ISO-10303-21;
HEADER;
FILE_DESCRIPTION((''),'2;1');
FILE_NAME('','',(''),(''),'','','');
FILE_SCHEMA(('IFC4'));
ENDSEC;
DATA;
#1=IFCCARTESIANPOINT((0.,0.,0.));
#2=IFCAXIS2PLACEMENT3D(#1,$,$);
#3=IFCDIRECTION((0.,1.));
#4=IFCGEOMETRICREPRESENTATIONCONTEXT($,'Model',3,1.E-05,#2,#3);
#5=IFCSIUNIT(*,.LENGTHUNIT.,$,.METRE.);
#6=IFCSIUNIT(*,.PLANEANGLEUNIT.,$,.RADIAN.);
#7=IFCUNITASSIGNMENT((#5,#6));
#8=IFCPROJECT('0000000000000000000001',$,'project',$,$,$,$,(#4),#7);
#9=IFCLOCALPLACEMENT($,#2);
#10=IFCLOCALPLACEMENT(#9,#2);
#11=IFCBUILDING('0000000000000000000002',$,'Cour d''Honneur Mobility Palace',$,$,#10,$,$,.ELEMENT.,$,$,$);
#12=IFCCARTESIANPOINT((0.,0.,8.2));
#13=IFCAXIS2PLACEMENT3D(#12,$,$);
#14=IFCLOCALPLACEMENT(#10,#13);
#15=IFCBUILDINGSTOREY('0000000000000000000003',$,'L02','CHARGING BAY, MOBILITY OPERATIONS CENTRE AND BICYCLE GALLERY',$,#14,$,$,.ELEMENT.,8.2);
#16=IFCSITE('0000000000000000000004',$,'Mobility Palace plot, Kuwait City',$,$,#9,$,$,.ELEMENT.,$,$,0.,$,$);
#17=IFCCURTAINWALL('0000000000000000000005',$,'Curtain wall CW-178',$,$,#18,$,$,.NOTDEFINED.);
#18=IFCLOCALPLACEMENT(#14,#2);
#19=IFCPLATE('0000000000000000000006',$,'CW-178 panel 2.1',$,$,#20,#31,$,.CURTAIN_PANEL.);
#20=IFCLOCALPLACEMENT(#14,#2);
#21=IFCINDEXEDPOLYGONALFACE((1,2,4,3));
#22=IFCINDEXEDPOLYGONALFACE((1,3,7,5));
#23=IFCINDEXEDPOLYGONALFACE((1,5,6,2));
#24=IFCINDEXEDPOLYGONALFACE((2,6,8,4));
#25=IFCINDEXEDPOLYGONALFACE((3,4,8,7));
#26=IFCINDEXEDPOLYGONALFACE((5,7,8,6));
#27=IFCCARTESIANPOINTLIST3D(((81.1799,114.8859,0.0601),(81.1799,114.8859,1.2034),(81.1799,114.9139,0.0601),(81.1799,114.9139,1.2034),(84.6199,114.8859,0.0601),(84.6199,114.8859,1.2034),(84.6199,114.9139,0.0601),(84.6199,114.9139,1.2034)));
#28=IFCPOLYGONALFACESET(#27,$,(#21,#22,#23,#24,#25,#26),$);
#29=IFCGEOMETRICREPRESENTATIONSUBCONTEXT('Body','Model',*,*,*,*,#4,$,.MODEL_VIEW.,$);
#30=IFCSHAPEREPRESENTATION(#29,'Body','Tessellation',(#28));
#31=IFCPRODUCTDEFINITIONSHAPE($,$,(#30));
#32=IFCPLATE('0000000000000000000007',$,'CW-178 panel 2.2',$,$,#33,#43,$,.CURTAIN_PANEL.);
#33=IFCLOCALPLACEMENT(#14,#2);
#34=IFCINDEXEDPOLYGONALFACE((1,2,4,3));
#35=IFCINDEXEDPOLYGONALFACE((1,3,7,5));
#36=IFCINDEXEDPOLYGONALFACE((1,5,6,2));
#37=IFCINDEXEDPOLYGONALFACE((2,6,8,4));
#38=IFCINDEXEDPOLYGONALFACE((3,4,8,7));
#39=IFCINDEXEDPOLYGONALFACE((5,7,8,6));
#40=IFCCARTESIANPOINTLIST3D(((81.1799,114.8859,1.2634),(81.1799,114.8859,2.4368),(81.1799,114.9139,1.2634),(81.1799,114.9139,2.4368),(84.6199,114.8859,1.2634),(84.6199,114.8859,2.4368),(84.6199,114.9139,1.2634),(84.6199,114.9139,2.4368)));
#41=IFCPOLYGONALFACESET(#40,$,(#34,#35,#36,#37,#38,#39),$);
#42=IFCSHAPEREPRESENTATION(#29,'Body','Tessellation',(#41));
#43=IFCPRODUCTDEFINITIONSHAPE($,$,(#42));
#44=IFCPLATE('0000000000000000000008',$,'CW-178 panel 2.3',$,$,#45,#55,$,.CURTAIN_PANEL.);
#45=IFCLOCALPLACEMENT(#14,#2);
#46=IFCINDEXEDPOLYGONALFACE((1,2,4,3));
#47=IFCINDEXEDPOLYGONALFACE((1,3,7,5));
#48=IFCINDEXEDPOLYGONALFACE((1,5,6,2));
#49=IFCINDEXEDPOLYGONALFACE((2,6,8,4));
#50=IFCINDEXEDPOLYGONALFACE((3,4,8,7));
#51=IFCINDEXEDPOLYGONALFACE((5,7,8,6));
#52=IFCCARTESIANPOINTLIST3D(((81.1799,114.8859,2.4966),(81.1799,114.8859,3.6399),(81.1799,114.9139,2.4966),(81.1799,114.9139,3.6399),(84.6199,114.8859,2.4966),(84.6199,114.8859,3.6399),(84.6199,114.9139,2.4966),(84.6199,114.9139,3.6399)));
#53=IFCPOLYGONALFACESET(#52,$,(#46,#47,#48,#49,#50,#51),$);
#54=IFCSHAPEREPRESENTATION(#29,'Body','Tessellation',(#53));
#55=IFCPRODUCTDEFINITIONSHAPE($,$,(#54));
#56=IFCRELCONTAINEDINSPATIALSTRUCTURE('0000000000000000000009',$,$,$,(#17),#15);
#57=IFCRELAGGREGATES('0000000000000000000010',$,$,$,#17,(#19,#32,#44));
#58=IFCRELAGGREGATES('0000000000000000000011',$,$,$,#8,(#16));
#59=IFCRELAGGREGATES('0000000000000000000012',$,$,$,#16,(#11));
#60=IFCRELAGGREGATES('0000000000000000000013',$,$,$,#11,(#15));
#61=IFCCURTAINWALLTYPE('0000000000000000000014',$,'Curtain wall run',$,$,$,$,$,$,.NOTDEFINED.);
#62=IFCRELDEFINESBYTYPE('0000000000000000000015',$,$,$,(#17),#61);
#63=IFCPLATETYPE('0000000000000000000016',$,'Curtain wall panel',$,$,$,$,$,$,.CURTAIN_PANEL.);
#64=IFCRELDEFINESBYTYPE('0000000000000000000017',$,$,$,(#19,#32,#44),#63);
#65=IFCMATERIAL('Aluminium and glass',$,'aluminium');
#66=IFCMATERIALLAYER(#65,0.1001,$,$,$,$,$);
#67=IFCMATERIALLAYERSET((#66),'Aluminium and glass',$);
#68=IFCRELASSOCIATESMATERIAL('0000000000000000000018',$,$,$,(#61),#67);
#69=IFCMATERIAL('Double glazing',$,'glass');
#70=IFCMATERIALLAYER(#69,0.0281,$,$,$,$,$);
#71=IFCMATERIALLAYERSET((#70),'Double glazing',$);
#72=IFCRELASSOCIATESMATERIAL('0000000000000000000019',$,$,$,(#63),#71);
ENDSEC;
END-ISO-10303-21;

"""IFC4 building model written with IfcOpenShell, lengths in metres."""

from ifc_helpers import new_model, si_unit, direction, frame, origin, origin_2d, place, context, subcontext, project, spatial, rectangle, extrude, material, layer, layer_set, type_object, element, aggregate, save


model = new_model("IFC4")

# Units and contexts
model_context = context("Model", 3, precision=1e-05, world=origin(), true_north=direction((0.0, 1.0)))
body_context = subcontext(model_context, "Body", "Model", "MODEL_VIEW")
ifc_project = project(units=[si_unit("LENGTHUNIT", "METRE"), si_unit("PLANEANGLEUNIT", "RADIAN")], contexts=[model_context])

# Site, building, storey
site_placement = place(None, origin())
site = spatial("IfcSite", under=ifc_project, at=site_placement, Name="Mobility Palace plot, Kuwait City", CompositionType="ELEMENT", RefElevation=0.0)
building_placement = place(site_placement, origin())
building = spatial("IfcBuilding", under=site, at=building_placement, Name="Cour d'Honneur Mobility Palace", CompositionType="ELEMENT")
storey_placement = place(building_placement, frame((0.0, 0.0, 8.2)))
storey = spatial("IfcBuildingStorey", under=building, at=storey_placement, Name="L02", Description="CHARGING BAY, MOBILITY OPERATIONS CENTRE AND BICYCLE GALLERY", CompositionType="ELEMENT", Elevation=8.2)

# Curtain wall
ifc_material_1 = material(Name="Aluminium and glass", Category="aluminium")
ifc_layer_1 = layer(ifc_material_1, 0.1001)
ifc_layer_set_1 = layer_set([ifc_layer_1], Name="Aluminium and glass")
curtain_wall_type = type_object("IfcCurtainWallType", Name="Curtain wall run", PredefinedType="NOTDEFINED", material=ifc_layer_set_1)
curtain_wall_1_placement = place(storey_placement, origin())
curtain_wall_1 = element("IfcCurtainWall", 1, at=curtain_wall_1_placement, inside=storey, type_object=curtain_wall_type, Name="Curtain wall CW-178", PredefinedType="NOTDEFINED")

# Plates
ifc_material_2 = material(Name="Double glazing", Category="glass")
ifc_layer_2 = layer(ifc_material_2, 0.0281)
ifc_layer_set_2 = layer_set([ifc_layer_2], Name="Double glazing")
plate_type = type_object("IfcPlateType", Name="Curtain wall panel", PredefinedType="CURTAIN_PANEL", material=ifc_layer_set_2)
plate_1_placement = place(storey_placement, frame((82.8999, 114.8999, 0.0601), z_axis=(0.0, 0.0, 1.0), x_axis=(1.0, 0.0, 0.0)))
plate_1 = element("IfcPlate", 2, at=plate_1_placement, type_object=plate_type, Name="CW-178 panel 2.1", PredefinedType="CURTAIN_PANEL", context=body_context, shape_type="SweptSolid", body=[
    extrude(rectangle(XDim=3.4399, YDim=0.0281, at=origin_2d()), origin(), (0.0, 0.0, 1.0), 1.1433),
])
plate_2_placement = place(storey_placement, frame((82.8999, 114.8999, 1.2634), z_axis=(0.0, 0.0, 1.0), x_axis=(1.0, 0.0, 0.0)))
plate_2 = element("IfcPlate", 3, at=plate_2_placement, type_object=plate_type, Name="CW-178 panel 2.2", PredefinedType="CURTAIN_PANEL", context=body_context, shape_type="SweptSolid", body=[
    extrude(rectangle(XDim=3.4399, YDim=0.0281, at=origin_2d()), origin(), (0.0, 0.0, 1.0), 1.1733),
])
plate_3_placement = place(storey_placement, frame((82.8999, 114.8999, 2.4966), z_axis=(0.0, 0.0, 1.0), x_axis=(1.0, 0.0, 0.0)))
plate_3 = element("IfcPlate", 4, at=plate_3_placement, type_object=plate_type, Name="CW-178 panel 2.3", PredefinedType="CURTAIN_PANEL", context=body_context, shape_type="SweptSolid", body=[
    extrude(rectangle(XDim=3.4399, YDim=0.0281, at=origin_2d()), origin(), (0.0, 0.0, 1.0), 1.1433),
])
aggregate(curtain_wall_1, [plate_1, plate_2, plate_3])

save(model, "model.ifc")
